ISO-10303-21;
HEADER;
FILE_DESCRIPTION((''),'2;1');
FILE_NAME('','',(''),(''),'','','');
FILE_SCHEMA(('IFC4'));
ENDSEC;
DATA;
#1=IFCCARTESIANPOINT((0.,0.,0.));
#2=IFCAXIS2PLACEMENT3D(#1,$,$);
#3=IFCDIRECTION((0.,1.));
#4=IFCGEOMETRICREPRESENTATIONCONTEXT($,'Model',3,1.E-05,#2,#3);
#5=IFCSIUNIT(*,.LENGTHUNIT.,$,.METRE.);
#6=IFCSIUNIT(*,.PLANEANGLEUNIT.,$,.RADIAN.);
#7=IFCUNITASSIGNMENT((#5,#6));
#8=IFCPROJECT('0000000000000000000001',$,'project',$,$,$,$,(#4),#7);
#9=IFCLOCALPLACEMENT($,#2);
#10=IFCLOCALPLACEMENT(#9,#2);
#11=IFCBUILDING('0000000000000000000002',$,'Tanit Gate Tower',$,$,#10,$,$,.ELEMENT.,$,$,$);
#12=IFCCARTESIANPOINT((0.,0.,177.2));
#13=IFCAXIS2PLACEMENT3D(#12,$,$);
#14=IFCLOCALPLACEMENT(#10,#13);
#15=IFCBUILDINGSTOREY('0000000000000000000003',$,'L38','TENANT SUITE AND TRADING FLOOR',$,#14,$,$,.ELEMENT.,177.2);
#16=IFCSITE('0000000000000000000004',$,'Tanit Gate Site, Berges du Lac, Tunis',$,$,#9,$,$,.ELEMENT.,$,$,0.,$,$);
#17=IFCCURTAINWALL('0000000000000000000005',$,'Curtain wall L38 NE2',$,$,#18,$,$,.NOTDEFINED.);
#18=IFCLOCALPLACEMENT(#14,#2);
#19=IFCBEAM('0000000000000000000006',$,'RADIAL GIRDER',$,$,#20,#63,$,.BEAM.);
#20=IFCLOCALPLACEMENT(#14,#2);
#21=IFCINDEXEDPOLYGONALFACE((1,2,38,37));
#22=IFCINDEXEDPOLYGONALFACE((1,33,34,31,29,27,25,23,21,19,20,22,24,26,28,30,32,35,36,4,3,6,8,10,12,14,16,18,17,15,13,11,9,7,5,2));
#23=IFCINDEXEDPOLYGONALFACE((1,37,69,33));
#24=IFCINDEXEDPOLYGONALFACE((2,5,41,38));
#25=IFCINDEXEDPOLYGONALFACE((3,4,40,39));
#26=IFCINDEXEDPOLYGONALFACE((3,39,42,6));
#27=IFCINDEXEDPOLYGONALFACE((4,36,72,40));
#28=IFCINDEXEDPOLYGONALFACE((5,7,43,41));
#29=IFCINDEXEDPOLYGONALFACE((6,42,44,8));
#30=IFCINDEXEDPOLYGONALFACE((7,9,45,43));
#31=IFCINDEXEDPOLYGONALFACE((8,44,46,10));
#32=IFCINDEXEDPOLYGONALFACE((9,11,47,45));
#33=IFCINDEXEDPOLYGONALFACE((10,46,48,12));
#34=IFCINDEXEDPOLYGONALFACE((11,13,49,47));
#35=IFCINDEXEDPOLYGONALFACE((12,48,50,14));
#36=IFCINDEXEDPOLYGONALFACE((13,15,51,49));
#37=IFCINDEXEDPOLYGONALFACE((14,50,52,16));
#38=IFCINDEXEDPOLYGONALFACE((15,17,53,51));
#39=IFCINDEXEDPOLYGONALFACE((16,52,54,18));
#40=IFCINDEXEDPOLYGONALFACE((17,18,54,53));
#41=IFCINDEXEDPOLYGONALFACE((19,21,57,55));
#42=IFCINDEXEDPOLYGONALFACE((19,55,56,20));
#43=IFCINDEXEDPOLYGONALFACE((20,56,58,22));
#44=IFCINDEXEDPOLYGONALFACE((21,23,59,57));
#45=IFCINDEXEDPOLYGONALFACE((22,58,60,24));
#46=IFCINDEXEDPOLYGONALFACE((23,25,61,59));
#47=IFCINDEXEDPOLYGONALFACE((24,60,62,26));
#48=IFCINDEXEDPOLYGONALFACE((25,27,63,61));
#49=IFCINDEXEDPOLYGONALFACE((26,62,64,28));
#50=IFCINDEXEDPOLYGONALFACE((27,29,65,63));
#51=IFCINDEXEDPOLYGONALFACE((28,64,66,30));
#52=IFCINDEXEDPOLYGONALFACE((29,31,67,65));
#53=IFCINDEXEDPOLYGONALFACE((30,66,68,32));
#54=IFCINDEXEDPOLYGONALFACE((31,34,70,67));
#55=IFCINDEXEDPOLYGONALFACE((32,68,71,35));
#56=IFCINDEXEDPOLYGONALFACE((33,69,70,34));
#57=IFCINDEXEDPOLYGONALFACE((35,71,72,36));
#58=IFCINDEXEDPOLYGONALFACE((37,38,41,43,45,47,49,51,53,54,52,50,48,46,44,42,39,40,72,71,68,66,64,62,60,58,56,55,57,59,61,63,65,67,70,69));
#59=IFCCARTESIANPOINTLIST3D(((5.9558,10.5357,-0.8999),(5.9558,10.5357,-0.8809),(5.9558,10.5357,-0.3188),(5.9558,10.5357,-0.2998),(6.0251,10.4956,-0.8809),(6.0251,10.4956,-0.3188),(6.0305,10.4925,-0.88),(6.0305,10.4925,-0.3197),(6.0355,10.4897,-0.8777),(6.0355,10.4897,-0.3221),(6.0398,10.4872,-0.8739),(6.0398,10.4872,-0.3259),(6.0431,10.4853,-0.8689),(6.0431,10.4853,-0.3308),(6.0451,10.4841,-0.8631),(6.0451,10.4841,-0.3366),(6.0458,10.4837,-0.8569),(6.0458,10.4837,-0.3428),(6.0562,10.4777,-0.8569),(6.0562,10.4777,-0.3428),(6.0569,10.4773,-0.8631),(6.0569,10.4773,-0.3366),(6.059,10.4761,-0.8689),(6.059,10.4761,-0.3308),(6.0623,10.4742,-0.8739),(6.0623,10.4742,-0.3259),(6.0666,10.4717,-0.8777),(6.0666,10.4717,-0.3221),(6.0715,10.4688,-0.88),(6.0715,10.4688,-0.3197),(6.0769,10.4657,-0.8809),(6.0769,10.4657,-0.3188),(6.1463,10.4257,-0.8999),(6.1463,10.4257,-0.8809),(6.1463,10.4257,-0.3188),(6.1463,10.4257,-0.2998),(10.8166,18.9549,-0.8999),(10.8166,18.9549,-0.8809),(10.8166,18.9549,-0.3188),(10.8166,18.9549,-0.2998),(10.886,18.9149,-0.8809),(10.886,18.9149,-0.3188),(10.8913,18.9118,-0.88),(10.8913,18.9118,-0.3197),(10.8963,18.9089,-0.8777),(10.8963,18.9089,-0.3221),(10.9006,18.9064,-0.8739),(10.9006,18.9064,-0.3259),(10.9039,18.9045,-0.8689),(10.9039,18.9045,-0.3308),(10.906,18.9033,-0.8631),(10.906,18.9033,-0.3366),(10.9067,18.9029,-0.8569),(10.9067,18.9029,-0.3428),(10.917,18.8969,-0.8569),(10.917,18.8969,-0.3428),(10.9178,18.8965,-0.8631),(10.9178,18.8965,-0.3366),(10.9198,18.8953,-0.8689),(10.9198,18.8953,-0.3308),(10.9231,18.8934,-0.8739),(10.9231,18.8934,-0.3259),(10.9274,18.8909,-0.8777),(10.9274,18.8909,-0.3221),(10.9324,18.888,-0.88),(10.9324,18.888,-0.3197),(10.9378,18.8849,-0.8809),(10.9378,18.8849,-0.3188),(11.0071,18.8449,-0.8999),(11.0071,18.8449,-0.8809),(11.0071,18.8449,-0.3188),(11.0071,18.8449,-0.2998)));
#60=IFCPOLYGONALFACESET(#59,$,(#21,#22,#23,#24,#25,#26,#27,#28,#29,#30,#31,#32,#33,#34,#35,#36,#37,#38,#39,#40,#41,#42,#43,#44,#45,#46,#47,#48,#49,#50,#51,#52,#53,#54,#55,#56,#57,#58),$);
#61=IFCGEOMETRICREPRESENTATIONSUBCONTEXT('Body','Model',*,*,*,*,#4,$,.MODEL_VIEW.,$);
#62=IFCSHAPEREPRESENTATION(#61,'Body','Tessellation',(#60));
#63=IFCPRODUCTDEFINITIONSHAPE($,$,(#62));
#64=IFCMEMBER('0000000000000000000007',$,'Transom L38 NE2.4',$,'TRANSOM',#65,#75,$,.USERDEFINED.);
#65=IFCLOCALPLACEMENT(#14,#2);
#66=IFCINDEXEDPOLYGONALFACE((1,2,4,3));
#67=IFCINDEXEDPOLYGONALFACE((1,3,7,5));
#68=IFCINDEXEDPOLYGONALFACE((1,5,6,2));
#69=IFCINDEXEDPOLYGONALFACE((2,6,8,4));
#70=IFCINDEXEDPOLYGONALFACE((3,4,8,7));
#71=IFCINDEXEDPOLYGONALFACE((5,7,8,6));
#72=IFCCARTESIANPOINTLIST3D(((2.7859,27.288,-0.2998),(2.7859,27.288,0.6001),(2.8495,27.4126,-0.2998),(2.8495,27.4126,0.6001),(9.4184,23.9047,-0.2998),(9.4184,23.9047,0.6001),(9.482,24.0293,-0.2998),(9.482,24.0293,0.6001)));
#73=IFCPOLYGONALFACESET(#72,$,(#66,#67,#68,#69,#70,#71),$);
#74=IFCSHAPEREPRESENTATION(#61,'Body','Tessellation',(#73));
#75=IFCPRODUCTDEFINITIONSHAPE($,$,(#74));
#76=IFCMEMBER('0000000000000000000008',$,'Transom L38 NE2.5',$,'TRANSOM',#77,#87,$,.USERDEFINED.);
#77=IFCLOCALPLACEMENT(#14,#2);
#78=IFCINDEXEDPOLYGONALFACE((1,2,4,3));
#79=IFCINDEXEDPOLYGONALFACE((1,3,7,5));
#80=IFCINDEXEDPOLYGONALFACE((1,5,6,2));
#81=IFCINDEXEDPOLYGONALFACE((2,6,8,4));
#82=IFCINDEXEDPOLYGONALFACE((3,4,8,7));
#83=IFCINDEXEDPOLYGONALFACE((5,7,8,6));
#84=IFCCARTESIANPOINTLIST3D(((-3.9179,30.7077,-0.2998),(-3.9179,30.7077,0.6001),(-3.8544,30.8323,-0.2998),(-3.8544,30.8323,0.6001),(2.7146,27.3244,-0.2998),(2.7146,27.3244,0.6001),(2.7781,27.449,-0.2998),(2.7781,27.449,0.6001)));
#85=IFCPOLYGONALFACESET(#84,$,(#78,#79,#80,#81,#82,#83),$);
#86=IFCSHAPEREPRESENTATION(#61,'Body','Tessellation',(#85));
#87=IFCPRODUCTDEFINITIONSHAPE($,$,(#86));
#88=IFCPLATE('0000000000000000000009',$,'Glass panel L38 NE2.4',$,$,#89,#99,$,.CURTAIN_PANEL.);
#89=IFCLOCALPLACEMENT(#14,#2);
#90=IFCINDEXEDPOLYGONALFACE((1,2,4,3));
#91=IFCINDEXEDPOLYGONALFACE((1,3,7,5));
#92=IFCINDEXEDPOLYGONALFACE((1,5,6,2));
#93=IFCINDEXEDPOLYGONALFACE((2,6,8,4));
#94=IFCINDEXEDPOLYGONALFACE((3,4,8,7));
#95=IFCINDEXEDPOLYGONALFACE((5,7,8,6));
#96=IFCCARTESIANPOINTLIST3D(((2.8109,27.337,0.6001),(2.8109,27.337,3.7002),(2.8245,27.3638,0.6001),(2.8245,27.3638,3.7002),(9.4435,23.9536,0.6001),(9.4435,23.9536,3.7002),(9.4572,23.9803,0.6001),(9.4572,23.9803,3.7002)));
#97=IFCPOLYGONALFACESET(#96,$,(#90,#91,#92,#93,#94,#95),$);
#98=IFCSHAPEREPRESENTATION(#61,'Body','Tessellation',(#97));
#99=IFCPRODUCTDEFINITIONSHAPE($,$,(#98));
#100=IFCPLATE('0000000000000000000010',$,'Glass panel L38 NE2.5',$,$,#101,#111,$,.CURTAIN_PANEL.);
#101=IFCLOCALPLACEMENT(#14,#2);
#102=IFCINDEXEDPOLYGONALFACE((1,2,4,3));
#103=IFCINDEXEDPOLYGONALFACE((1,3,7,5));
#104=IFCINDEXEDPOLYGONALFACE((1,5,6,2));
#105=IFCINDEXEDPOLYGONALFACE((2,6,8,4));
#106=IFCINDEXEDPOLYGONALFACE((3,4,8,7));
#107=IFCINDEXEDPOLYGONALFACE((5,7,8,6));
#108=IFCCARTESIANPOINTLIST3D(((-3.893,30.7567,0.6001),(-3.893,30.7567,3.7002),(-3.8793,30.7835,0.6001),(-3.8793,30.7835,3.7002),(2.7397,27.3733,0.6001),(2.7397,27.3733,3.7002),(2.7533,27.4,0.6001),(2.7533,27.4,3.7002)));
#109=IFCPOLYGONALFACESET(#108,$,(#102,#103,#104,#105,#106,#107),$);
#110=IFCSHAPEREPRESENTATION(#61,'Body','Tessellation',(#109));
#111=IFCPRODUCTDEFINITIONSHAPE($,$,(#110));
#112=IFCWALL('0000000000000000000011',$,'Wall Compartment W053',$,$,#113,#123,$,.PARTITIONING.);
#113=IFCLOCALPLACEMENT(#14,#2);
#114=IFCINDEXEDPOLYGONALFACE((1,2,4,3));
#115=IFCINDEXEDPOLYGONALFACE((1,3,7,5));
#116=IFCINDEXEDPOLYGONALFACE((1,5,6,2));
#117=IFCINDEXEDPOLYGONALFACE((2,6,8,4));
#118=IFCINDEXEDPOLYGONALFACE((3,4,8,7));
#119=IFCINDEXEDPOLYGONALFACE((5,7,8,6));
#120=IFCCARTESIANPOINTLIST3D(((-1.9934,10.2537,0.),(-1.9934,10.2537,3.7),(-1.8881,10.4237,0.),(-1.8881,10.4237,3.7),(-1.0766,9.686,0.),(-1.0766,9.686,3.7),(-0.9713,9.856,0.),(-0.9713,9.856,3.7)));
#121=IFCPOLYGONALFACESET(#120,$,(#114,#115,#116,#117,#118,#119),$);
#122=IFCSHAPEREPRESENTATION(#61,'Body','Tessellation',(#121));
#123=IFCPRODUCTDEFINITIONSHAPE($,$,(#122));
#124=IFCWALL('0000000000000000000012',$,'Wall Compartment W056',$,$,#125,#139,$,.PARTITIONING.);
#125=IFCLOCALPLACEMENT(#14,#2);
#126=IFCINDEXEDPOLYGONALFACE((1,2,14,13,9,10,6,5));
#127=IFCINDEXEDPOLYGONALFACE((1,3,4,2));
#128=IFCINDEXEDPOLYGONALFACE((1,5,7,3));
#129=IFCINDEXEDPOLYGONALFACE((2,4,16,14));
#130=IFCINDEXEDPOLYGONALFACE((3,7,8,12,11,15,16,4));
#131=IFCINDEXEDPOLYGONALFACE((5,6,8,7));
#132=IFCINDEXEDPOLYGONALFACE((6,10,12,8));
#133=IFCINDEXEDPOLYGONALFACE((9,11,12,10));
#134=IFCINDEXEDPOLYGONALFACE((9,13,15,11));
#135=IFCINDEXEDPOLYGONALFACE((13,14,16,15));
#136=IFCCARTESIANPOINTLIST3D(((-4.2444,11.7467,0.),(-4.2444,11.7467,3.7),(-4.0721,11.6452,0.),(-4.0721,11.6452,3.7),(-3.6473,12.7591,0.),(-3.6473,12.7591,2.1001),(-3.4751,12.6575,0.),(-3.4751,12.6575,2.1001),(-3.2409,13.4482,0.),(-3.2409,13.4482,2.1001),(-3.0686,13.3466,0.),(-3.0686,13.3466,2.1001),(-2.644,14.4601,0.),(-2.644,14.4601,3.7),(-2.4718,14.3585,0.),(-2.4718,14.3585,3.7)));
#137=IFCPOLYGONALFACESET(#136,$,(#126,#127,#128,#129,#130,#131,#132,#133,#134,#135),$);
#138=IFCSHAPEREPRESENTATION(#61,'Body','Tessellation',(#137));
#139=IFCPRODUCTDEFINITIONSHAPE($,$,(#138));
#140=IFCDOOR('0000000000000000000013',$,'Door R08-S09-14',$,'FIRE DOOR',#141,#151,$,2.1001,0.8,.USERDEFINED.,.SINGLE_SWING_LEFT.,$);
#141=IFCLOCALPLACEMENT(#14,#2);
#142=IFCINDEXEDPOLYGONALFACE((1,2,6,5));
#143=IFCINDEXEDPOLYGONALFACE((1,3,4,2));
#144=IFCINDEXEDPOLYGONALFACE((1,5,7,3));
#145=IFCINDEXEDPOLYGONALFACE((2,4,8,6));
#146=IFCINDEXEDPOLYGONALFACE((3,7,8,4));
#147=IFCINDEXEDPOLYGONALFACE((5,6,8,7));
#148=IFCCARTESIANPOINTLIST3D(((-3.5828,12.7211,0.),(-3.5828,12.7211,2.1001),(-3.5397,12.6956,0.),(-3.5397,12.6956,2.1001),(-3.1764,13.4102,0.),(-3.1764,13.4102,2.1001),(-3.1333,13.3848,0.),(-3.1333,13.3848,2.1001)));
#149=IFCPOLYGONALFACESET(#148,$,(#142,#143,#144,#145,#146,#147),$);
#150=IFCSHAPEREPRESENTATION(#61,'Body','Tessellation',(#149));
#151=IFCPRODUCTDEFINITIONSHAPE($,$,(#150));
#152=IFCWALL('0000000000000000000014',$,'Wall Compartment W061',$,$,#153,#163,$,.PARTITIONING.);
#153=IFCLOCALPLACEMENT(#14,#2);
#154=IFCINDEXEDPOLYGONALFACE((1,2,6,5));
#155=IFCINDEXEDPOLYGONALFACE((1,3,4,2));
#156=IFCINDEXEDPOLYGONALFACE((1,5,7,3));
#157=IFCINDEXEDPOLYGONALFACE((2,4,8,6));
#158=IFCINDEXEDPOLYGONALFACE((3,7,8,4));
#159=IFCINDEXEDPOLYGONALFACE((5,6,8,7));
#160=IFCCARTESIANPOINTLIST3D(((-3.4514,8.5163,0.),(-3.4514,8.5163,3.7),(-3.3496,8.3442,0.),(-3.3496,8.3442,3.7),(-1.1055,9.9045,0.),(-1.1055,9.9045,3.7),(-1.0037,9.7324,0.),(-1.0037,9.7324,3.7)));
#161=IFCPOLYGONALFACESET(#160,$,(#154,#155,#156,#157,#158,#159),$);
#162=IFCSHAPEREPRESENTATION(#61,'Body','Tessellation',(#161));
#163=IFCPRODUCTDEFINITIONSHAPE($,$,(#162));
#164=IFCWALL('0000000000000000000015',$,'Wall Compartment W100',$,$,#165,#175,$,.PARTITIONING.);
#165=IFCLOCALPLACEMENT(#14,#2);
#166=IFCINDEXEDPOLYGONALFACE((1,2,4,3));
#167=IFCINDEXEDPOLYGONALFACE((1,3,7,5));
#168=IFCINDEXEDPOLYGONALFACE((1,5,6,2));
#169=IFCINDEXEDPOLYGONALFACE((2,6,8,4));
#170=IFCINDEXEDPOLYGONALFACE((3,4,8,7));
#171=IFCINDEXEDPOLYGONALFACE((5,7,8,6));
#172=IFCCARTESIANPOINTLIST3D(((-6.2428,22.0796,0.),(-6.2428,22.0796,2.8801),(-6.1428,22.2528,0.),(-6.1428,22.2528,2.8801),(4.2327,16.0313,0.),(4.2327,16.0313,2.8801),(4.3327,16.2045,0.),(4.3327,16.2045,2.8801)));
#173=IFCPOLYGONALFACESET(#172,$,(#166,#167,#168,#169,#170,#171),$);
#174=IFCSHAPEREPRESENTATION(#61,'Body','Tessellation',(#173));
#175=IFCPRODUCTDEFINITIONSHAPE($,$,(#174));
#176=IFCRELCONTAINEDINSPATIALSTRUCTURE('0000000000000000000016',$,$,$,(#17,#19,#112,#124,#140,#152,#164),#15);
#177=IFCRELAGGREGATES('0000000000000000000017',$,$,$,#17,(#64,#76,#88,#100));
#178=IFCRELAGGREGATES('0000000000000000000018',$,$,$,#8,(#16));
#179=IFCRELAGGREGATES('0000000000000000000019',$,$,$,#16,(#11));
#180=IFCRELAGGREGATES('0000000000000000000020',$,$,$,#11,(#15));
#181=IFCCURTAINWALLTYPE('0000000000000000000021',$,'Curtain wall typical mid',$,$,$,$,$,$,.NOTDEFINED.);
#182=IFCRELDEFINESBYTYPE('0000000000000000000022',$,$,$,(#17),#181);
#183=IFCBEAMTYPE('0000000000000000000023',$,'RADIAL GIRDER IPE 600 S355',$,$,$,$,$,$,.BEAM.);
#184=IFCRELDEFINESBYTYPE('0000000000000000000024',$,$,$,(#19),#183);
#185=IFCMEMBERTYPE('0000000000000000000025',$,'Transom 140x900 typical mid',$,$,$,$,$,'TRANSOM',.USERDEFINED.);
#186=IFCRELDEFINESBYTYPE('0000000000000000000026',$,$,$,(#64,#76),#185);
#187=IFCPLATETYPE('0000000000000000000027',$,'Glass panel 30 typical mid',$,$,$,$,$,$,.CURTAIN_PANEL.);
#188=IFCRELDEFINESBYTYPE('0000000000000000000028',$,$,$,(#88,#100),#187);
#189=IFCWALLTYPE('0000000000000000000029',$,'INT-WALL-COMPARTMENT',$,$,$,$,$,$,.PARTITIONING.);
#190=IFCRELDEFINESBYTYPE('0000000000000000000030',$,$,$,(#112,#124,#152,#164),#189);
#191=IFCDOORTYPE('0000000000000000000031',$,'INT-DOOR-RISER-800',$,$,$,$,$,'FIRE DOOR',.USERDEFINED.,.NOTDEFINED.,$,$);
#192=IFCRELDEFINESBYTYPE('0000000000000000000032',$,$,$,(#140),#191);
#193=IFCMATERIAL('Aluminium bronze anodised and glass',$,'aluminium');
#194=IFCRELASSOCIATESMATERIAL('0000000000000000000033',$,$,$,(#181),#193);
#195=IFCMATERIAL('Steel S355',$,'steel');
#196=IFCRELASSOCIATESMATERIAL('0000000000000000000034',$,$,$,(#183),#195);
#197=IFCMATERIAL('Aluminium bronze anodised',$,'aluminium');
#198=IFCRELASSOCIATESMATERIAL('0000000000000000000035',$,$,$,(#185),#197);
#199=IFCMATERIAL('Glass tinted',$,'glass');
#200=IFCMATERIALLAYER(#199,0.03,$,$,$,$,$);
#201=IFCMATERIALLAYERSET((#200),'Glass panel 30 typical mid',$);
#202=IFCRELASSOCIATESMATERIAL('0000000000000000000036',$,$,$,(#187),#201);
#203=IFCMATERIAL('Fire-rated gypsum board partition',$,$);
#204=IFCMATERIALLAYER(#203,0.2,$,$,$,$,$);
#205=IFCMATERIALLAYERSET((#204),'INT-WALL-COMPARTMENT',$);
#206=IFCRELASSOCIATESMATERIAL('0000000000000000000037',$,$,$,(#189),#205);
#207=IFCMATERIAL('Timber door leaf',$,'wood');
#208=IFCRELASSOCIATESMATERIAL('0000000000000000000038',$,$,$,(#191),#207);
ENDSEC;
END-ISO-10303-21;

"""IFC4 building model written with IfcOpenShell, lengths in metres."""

from ifc_helpers import new_model, si_unit, direction, frame, frame_2d, origin, origin_2d, place, context, subcontext, project, spatial, rectangle, i_section, extrude, material, layer, layer_set, material_profile, profile_set, type_object, element, fill, aggregate, save


model = new_model("IFC4")

# Units and contexts
model_context = context("Model", 3, precision=1e-05, world=origin(), true_north=direction((0.0, 1.0)))
body_context = subcontext(model_context, "Body", "Model", "MODEL_VIEW")
ifc_project = project(units=[si_unit("LENGTHUNIT", "METRE"), si_unit("PLANEANGLEUNIT", "RADIAN")], contexts=[model_context])

# Site, building, storey
site_placement = place(None, origin())
site = spatial("IfcSite", under=ifc_project, at=site_placement, Name="Tanit Gate Site, Berges du Lac, Tunis", CompositionType="ELEMENT", RefElevation=0.0)
building_placement = place(site_placement, origin())
building = spatial("IfcBuilding", under=site, at=building_placement, Name="Tanit Gate Tower", CompositionType="ELEMENT")
storey_placement = place(building_placement, frame((0.0, 0.0, 177.2)))
storey = spatial("IfcBuildingStorey", under=building, at=storey_placement, Name="L38", Description="TENANT SUITE AND TRADING FLOOR", CompositionType="ELEMENT", Elevation=177.2)

# Curtain wall
ifc_material_1 = material(Name="Aluminium bronze anodised and glass", Category="aluminium")
curtain_wall_type = type_object("IfcCurtainWallType", Name="Curtain wall typical mid", PredefinedType="NOTDEFINED", material=ifc_material_1)
curtain_wall_placement = place(storey_placement, origin())
curtain_wall = element("IfcCurtainWall", 1, at=curtain_wall_placement, inside=storey, type_object=curtain_wall_type, Name="Curtain wall L38 NE2", PredefinedType="NOTDEFINED")

# Beam
ifc_material_2 = material(Name="Steel S355", Category="steel")
ifc_material_profile_1 = material_profile(ifc_material_2, i_section(OverallWidth=0.22, OverallDepth=0.6001, WebThickness=0.012, FlangeThickness=0.019, FilletRadius=0.0239, at=origin_2d()), Name="IPE 600")
ifc_profile_set_1 = profile_set([ifc_material_profile_1], Name="Steel S355")
beam_type_1 = type_object("IfcBeamType", Name="RADIAL GIRDER IPE 600 S355", PredefinedType="BEAM", material=ifc_profile_set_1)
beam_1_placement = place(storey_placement, frame((10.9119, 18.8999, -0.5999), z_axis=(-0.500001, -0.866025, 0.0), x_axis=(0.866025, -0.500001, 0.0)))
element("IfcBeam", 2, at=beam_1_placement, inside=storey, type_object=beam_type_1, Name="RADIAL GIRDER", PredefinedType="BEAM", context=body_context, shape_type="SweptSolid", body=[
    extrude(i_section(OverallWidth=0.22, OverallDepth=0.6001, WebThickness=0.012, FlangeThickness=0.019, FilletRadius=0.0239, at=origin_2d()), origin(), (0.0, 0.0, 1.0), 9.7217),
])

# Members
ifc_material_3 = material(Name="Aluminium bronze anodised", Category="aluminium")
ifc_material_profile_2 = material_profile(ifc_material_3, rectangle(XDim=0.1399, YDim=0.8999, at=origin_2d()), Name="140x900 bronze transom")
ifc_profile_set_2 = profile_set([ifc_material_profile_2], Name="Aluminium bronze anodised")
member_type_1 = type_object("IfcMemberType", Name="Transom 140x900 typical mid", ElementType="TRANSOM", PredefinedType="USERDEFINED", material=ifc_profile_set_2)
member_1_placement = place(storey_placement, frame((9.4502, 23.967, 0.1501), z_axis=(-0.890798, 0.4544, 0.0), x_axis=(-0.4544, -0.890798, 0.0)))
member_1 = element("IfcMember", 3, at=member_1_placement, type_object=member_type_1, Name="Transom L38 NE2.4", ObjectType="TRANSOM", PredefinedType="USERDEFINED", context=body_context, shape_type="SweptSolid", body=[
    extrude(rectangle(XDim=0.1399, YDim=0.8999, at=origin_2d()), origin(), (0.0, 0.0, 1.0), 7.4456),
])
member_2_placement = place(storey_placement, frame((2.7463, 27.3867, 0.1501), z_axis=(-0.890798, 0.4544, 0.0), x_axis=(-0.4544, -0.890798, 0.0)))
member_2 = element("IfcMember", 4, at=member_2_placement, type_object=member_type_1, Name="Transom L38 NE2.5", ObjectType="TRANSOM", PredefinedType="USERDEFINED", context=body_context, shape_type="SweptSolid", body=[
    extrude(rectangle(XDim=0.1399, YDim=0.8999, at=origin_2d()), origin(), (0.0, 0.0, 1.0), 7.4456),
])

# Plates
ifc_material_4 = material(Name="Glass tinted", Category="glass")
ifc_layer_1 = layer(ifc_material_4, 0.03)
ifc_layer_set_1 = layer_set([ifc_layer_1], Name="Glass panel 30 typical mid")
plate_type = type_object("IfcPlateType", Name="Glass panel 30 typical mid", PredefinedType="CURTAIN_PANEL", material=ifc_layer_set_1)
plate_1_placement = place(storey_placement, frame((6.134, 25.6587, 0.6001), z_axis=(0.0, 0.0, 1.0), x_axis=(-0.890792, 0.454411, 0.0)))
plate_1 = element("IfcPlate", 5, at=plate_1_placement, type_object=plate_type, Name="Glass panel L38 NE2.4", PredefinedType="CURTAIN_PANEL", context=body_context, shape_type="SweptSolid", body=[
    extrude(rectangle(XDim=7.4458, YDim=0.03, at=origin_2d()), origin(), (0.0, 0.0, 1.0), 3.1001),
])
plate_2_placement = place(storey_placement, frame((-0.5698, 29.0784, 0.6001), z_axis=(0.0, 0.0, 1.0), x_axis=(-0.890792, 0.454411, 0.0)))
plate_2 = element("IfcPlate", 6, at=plate_2_placement, type_object=plate_type, Name="Glass panel L38 NE2.5", PredefinedType="CURTAIN_PANEL", context=body_context, shape_type="SweptSolid", body=[
    extrude(rectangle(XDim=7.4458, YDim=0.03, at=origin_2d()), origin(), (0.0, 0.0, 1.0), 3.1001),
])
aggregate(curtain_wall, [member_1, member_2, plate_1, plate_2])

# Wall
ifc_material_5 = material(Name="Fire-rated gypsum board partition")
ifc_layer_2 = layer(ifc_material_5, 0.2)
ifc_layer_set_2 = layer_set([ifc_layer_2], Name="INT-WALL-COMPARTMENT")
wall_type_1 = type_object("IfcWallType", Name="INT-WALL-COMPARTMENT", PredefinedType="PARTITIONING", material=ifc_layer_set_2)
wall_1_placement = place(storey_placement, frame((-1.9407, 10.3386, 0.0), z_axis=(0.0, 0.0, 1.0), x_axis=(0.850217, -0.526433, 0.0)))
element("IfcWall", 7, at=wall_1_placement, inside=storey, type_object=wall_type_1, Name="Wall Compartment W053", PredefinedType="PARTITIONING", context=body_context, shape_type="SweptSolid", body=[
    extrude(rectangle(XDim=1.0784, YDim=0.2, at=frame_2d((0.5391, 0.0))), origin(), (0.0, 0.0, 1.0), 3.7),
])

# Wall, opening, door
wall_2_placement = place(storey_placement, frame((-2.5579, 14.4094, 0.0), z_axis=(0.0, 0.0, 1.0), x_axis=(-0.508019, -0.861346, 0.0)))
wall_2 = element("IfcWall", 8, at=wall_2_placement, inside=storey, type_object=wall_type_1, Name="Wall Compartment W056", PredefinedType="PARTITIONING", context=body_context, shape_type="SweptSolid", body=[
    extrude(rectangle(XDim=3.1501, YDim=0.2, at=frame_2d((1.5752, 0.0))), origin(), (0.0, 0.0, 1.0), 3.7),
])
opening_1_placement = place(wall_2_placement, frame((1.175, 0.0, 0.0)))
opening_1 = element("IfcOpeningElement", 9, at=opening_1_placement, cuts=wall_2, PredefinedType="OPENING", context=body_context, shape_type="SweptSolid", body=[
    extrude(rectangle(XDim=0.8, YDim=2.1001, at=frame_2d((0.3999, 1.05))), frame((0.0, 0.1099, 0.0), z_axis=(0.0, -1.0, 0.0), x_axis=(1.0, 0.0, 0.0)), (0.0, 0.0, 1.0), 0.22),
])
ifc_material_6 = material(Name="Timber door leaf", Category="wood")
door_type_1 = type_object("IfcDoorType", Name="INT-DOOR-RISER-800", ElementType="FIRE DOOR", OperationType="NOTDEFINED", PredefinedType="USERDEFINED", material=ifc_material_6)
door_1_placement = place(opening_1_placement, origin())
door_1 = element("IfcDoor", 10, at=door_1_placement, inside=storey, type_object=door_type_1, Name="Door R08-S09-14", ObjectType="FIRE DOOR", OperationType="SINGLE_SWING_LEFT", OverallHeight=2.1001, OverallWidth=0.8, PredefinedType="USERDEFINED", context=body_context, shape_type="SweptSolid", body=[
    extrude(rectangle(XDim=0.8, YDim=2.1001, at=frame_2d((0.3999, 1.05))), frame((0.0, 0.0249, 0.0), z_axis=(0.0, -1.0, 0.0), x_axis=(1.0, 0.0, 0.0)), (0.0, 0.0, 1.0), 0.05),
])
fill(opening_1, door_1)

# Walls
wall_3_placement = place(storey_placement, frame((-1.0547, 9.8184, 0.0), z_axis=(0.0, 0.0, 1.0), x_axis=(-0.860614, -0.509257, 0.0)))
element("IfcWall", 11, at=wall_3_placement, inside=storey, type_object=wall_type_1, Name="Wall Compartment W061", PredefinedType="PARTITIONING", context=body_context, shape_type="SweptSolid", body=[
    extrude(rectangle(XDim=2.7258, YDim=0.2, at=frame_2d((1.3628, 0.0))), origin(), (0.0, 0.0, 1.0), 3.7),
])
wall_4_placement = place(storey_placement, frame((4.2827, 16.1179, 0.0), z_axis=(0.0, 0.0, 1.0), x_axis=(-0.866016, 0.500016, 0.0)))
element("IfcWall", 12, at=wall_4_placement, inside=storey, type_object=wall_type_1, Name="Wall Compartment W100", PredefinedType="PARTITIONING", context=body_context, shape_type="SweptSolid", body=[
    extrude(rectangle(XDim=12.0962, YDim=0.2, at=frame_2d((6.0481, 0.0))), origin(), (0.0, 0.0, 1.0), 2.8801),
])

save(model, "model.ifc")
